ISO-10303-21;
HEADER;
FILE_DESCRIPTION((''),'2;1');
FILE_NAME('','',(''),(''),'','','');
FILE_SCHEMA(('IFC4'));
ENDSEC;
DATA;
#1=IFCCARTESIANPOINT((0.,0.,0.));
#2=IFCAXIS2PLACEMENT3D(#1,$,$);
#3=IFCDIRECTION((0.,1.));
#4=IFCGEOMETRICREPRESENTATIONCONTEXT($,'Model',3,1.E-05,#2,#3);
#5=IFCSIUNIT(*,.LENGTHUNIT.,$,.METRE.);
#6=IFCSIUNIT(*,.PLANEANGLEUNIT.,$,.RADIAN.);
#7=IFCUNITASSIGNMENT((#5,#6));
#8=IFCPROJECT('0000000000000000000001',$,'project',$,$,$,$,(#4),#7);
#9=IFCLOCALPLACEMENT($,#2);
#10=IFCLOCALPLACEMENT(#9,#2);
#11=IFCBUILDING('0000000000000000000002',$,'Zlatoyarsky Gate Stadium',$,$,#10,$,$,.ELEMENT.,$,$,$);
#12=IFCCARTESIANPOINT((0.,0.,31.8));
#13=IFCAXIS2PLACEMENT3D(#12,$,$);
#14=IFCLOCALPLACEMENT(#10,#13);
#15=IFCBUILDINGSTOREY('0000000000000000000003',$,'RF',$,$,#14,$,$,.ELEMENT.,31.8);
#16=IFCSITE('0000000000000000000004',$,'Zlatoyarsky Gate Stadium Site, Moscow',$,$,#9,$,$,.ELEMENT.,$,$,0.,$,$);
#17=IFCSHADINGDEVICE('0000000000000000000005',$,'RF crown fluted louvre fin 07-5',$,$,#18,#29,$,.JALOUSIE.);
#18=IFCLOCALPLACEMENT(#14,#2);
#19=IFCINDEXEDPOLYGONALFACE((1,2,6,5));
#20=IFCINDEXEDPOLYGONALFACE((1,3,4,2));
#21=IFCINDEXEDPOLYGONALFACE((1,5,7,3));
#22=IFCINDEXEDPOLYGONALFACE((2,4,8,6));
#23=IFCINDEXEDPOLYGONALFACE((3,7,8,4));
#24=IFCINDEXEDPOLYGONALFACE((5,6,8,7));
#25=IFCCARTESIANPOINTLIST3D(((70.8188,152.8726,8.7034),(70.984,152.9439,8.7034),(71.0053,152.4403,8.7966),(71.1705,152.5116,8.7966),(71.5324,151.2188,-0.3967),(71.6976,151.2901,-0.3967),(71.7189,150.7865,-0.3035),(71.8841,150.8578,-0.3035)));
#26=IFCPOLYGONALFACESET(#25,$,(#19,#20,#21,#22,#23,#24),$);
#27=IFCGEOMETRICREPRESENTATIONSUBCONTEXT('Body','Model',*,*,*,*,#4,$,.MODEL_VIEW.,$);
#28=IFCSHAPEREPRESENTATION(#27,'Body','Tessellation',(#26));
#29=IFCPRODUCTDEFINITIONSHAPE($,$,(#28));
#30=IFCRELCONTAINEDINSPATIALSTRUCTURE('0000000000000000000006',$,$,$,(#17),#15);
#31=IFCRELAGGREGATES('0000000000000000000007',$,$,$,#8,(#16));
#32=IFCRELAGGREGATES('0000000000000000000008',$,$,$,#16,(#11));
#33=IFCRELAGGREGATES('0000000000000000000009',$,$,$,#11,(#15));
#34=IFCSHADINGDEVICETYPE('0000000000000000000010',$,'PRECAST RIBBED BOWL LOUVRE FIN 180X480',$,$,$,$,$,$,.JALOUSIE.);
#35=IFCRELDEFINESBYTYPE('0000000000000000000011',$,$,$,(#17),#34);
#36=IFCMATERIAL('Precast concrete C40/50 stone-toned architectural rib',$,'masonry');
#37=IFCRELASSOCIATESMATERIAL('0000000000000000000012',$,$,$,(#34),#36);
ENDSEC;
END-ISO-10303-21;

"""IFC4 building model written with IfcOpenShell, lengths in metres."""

from ifc_helpers import new_model, si_unit, direction, frame, origin, origin_2d, place, context, subcontext, project, spatial, rectangle, extrude, material, material_profile, profile_set, type_object, element, save


model = new_model("IFC4")

# Units and contexts
model_context = context("Model", 3, precision=1e-05, world=origin(), true_north=direction((0.0, 1.0)))
body_context = subcontext(model_context, "Body", "Model", "MODEL_VIEW")
ifc_project = project(units=[si_unit("LENGTHUNIT", "METRE"), si_unit("PLANEANGLEUNIT", "RADIAN")], contexts=[model_context])

# Site, building, storey
site_placement = place(None, origin())
site = spatial("IfcSite", under=ifc_project, at=site_placement, Name="Zlatoyarsky Gate Stadium Site, Moscow", CompositionType="ELEMENT", RefElevation=0.0)
building_placement = place(site_placement, origin())
building = spatial("IfcBuilding", under=site, at=building_placement, Name="Zlatoyarsky Gate Stadium", CompositionType="ELEMENT")
storey_placement = place(building_placement, frame((0.0, 0.0, 31.8)))
storey = spatial("IfcBuildingStorey", under=building, at=storey_placement, Name="RF", CompositionType="ELEMENT", Elevation=31.8)

# Shading device
ifc_material_1 = material(Name="Precast concrete C40/50 stone-toned architectural rib", Category="masonry")
ifc_material_profile_1 = material_profile(ifc_material_1, rectangle(XDim=0.1799, YDim=0.48, at=origin_2d()), Name="RIB 180X480")
ifc_profile_set_1 = profile_set([ifc_material_profile_1], Name="Precast concrete C40/50 stone-toned architectural rib")
shading_device_type = type_object("IfcShadingDeviceType", Name="PRECAST RIBBED BOWL LOUVRE FIN 180X480", PredefinedType="JALOUSIE", material=ifc_profile_set_1)
for number, where, z_axis, x_axis, name in (
    (1, (71.7083, 151.0383, -0.3501), (-0.076927, 0.178277, 0.980969), (-0.918168, -0.396192, 0.0), "RF crown fluted louvre fin 07-5"),
):
    element("IfcShadingDevice", number, at=place(storey_placement, frame(where, z_axis=z_axis, x_axis=x_axis)), inside=storey, type_object=shading_device_type, Name=name, PredefinedType="JALOUSIE", context=body_context, shape_type="SweptSolid", body=[
        extrude(rectangle(XDim=0.1799, YDim=0.48, at=origin_2d()), origin(), (0.0, 0.0, 1.0), 9.2766),
    ])

save(model, "model.ifc")
